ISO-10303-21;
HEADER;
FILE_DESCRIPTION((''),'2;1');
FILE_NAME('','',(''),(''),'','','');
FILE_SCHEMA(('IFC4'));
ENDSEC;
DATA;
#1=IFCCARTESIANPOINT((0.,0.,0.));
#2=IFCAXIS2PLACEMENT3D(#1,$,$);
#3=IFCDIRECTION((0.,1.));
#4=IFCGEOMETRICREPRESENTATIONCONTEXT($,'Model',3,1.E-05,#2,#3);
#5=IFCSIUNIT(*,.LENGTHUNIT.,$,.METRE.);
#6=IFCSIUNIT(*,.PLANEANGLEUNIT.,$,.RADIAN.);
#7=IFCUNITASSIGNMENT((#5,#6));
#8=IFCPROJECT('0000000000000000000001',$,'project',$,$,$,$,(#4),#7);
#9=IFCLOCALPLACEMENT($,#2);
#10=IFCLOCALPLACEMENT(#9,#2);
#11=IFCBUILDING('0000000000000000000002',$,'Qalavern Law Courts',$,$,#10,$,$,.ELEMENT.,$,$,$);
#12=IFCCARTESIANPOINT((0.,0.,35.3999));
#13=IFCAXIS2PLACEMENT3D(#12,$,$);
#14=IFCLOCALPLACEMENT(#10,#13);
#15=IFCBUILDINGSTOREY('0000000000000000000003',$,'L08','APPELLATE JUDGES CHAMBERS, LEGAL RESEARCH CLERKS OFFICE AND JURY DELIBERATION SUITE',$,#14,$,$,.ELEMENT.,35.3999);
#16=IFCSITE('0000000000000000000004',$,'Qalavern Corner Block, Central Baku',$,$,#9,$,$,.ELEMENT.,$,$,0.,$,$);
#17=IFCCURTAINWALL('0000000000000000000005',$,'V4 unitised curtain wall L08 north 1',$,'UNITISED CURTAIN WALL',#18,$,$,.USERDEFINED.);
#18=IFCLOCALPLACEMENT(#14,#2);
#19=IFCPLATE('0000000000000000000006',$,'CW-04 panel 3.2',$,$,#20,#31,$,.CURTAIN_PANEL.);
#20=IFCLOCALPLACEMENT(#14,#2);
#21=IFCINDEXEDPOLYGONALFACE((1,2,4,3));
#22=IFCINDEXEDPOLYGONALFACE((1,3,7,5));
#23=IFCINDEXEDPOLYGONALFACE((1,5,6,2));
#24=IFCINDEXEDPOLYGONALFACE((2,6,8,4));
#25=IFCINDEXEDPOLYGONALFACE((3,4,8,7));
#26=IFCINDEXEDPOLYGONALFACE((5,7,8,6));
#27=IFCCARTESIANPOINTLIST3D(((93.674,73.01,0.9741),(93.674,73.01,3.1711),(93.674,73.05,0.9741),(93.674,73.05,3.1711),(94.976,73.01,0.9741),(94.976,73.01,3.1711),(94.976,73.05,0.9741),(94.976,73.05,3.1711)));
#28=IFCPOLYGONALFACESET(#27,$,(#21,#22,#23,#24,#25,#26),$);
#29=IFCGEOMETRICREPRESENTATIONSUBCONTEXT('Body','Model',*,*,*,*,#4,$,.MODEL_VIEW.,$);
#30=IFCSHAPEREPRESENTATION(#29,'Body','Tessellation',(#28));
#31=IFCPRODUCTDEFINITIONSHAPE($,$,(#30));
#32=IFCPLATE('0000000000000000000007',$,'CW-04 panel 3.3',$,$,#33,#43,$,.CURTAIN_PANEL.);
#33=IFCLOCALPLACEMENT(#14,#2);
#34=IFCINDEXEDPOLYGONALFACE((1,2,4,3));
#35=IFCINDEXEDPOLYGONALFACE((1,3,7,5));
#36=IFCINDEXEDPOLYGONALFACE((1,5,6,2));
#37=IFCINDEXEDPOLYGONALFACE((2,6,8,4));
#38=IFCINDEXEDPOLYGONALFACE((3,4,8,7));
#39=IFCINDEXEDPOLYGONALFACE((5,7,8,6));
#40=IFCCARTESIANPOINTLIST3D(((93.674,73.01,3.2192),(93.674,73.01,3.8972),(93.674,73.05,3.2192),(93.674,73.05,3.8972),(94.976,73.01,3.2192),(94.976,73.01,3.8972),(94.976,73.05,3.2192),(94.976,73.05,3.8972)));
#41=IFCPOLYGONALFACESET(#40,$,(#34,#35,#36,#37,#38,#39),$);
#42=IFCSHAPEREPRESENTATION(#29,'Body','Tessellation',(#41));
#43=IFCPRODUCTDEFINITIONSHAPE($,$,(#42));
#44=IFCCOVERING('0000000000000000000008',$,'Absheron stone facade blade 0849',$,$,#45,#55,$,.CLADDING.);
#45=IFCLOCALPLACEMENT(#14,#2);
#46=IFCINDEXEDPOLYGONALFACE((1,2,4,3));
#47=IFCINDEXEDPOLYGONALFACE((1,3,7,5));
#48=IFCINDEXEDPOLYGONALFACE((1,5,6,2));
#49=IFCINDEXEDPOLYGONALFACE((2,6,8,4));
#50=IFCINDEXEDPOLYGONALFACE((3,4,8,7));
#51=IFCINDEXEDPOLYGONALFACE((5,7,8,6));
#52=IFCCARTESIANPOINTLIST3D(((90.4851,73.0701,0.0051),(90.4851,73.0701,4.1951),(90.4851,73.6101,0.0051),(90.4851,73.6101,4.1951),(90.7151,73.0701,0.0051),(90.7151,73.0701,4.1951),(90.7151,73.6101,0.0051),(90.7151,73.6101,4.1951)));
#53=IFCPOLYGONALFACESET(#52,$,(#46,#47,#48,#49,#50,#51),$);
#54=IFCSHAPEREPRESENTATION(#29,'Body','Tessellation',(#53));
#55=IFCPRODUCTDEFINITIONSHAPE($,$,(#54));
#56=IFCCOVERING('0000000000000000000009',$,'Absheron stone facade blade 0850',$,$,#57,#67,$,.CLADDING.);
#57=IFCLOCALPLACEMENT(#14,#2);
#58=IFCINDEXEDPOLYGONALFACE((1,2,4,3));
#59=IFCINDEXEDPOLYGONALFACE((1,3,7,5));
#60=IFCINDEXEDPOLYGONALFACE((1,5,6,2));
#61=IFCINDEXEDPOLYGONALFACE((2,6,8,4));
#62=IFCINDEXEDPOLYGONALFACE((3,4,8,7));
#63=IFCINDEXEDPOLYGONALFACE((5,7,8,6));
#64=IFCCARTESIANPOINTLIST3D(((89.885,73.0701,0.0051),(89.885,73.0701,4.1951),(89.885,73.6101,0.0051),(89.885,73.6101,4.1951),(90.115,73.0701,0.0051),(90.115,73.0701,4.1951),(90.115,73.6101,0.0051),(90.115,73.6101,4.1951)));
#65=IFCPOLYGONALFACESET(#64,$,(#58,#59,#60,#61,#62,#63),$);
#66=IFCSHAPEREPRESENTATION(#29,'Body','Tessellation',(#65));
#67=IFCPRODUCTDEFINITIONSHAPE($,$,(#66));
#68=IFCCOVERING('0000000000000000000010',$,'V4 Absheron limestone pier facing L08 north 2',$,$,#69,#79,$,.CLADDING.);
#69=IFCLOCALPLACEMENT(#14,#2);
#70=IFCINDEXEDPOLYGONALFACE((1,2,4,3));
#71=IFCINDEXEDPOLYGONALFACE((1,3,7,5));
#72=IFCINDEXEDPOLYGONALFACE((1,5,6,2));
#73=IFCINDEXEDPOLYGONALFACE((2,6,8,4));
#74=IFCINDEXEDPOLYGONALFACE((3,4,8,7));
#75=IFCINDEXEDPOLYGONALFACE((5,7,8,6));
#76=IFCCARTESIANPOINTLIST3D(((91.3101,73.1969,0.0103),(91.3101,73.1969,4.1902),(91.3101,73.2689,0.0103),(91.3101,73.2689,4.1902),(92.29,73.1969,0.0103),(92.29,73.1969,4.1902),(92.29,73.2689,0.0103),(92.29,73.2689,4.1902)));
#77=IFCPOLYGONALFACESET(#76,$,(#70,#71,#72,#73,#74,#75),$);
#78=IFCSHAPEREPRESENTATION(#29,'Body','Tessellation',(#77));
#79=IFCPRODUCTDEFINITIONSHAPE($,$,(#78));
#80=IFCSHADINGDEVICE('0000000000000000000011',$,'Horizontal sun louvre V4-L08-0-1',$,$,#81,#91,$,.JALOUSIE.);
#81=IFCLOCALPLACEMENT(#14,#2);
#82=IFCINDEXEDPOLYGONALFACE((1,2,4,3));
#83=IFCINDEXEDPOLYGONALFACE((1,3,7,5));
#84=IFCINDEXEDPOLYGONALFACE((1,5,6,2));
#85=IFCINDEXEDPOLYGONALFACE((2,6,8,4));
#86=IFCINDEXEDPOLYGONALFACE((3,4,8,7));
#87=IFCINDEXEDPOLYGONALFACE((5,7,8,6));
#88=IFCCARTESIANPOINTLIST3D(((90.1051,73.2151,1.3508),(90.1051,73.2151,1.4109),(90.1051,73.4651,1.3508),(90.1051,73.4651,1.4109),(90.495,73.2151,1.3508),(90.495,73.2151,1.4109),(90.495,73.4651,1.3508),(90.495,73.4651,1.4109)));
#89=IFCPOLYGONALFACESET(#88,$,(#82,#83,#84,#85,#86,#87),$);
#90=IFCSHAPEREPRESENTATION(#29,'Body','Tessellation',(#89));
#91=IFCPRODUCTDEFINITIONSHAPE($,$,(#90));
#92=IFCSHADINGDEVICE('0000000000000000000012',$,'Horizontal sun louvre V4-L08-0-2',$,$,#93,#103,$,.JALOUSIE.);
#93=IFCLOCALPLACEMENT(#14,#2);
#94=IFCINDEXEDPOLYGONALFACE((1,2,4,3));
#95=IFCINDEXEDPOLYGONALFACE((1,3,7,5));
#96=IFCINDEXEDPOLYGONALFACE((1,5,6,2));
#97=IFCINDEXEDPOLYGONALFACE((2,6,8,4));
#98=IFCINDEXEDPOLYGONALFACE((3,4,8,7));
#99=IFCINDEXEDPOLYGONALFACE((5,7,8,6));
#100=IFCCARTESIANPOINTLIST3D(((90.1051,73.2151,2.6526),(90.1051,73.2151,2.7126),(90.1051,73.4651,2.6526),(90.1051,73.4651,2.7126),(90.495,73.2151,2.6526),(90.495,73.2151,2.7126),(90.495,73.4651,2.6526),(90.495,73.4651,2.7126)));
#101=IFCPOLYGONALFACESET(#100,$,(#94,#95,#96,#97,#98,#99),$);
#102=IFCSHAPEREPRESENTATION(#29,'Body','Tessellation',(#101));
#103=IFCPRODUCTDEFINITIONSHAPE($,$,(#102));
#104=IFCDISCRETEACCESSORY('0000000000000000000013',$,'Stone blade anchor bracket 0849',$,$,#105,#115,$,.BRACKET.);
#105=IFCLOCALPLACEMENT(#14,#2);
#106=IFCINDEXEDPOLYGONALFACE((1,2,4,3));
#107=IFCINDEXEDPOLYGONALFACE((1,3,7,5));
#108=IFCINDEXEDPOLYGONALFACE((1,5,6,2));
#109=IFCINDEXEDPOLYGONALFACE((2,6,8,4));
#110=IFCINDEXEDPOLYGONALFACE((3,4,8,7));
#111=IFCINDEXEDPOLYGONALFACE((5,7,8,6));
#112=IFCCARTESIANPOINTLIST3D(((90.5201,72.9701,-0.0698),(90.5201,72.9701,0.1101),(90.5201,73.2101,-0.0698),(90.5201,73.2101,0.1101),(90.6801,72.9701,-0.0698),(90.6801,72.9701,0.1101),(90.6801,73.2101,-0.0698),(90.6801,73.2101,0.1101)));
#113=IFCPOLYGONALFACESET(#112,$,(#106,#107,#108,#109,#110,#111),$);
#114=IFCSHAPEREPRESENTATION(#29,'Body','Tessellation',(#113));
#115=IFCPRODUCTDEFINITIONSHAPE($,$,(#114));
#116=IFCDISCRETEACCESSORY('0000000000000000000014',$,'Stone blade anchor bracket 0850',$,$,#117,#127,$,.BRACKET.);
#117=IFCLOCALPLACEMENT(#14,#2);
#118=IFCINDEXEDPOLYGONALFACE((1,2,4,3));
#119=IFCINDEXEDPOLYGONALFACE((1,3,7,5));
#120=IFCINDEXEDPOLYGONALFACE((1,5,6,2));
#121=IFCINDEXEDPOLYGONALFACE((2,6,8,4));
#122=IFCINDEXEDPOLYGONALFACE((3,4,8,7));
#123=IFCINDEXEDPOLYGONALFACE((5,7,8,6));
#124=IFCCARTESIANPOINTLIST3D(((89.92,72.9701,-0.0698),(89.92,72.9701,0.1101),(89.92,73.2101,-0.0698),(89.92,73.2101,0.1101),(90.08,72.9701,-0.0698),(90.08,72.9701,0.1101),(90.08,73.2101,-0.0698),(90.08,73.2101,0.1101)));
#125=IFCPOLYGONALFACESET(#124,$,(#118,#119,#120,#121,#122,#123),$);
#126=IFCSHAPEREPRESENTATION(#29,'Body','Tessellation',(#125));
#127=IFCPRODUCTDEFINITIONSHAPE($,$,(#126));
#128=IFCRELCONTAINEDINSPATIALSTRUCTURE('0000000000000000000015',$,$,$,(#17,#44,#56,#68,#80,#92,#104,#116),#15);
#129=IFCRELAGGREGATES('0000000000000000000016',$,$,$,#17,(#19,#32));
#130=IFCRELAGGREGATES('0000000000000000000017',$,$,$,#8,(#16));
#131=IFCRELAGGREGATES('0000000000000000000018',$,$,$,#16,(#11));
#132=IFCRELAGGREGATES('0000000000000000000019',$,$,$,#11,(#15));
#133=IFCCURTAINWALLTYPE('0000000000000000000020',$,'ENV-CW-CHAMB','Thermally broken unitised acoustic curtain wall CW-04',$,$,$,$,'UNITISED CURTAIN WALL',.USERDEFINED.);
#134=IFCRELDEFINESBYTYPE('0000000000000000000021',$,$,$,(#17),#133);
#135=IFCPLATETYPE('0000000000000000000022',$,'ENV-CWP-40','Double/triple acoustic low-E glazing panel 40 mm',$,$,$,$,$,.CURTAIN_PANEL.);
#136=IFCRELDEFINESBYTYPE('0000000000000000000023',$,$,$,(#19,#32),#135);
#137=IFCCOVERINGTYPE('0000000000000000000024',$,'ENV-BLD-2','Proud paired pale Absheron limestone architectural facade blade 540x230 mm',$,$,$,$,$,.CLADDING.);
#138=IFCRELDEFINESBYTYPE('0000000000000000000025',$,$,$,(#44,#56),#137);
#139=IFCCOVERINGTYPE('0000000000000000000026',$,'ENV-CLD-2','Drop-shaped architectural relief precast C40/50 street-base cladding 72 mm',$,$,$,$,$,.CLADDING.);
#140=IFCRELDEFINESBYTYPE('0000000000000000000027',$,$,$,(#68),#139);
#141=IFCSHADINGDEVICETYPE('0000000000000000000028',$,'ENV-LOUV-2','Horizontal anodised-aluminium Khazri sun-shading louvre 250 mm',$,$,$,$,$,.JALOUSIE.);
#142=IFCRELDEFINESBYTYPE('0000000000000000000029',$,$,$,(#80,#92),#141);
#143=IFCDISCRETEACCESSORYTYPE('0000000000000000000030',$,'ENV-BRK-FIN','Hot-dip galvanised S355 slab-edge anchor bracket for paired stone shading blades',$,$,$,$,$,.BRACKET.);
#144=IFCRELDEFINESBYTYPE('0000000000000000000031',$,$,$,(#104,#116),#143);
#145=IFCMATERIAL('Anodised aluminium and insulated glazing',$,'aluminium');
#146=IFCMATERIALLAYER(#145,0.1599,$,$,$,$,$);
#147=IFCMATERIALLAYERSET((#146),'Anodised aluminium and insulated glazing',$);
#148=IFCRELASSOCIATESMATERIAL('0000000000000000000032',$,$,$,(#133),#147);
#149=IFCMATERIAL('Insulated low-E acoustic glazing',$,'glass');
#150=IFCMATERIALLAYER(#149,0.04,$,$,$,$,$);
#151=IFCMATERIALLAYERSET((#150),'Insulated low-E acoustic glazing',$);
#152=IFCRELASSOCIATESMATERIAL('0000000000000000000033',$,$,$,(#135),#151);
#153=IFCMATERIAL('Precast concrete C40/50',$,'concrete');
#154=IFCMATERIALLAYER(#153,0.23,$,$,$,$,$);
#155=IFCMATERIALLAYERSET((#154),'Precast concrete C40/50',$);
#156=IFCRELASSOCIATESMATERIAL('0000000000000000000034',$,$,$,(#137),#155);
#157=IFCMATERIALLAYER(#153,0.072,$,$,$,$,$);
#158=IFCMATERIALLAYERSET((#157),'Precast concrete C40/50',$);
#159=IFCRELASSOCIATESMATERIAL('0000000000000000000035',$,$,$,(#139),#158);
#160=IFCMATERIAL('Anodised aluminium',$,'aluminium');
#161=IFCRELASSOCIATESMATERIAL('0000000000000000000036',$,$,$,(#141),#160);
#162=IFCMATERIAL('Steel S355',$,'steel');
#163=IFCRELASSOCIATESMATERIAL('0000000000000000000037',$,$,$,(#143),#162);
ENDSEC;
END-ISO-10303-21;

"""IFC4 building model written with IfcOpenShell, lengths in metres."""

from ifc_helpers import new_model, si_unit, direction, frame, origin, origin_2d, place, context, subcontext, project, spatial, rectangle, extrude, material, layer, layer_set, type_object, element, aggregate, save


model = new_model("IFC4")

# Units and contexts
model_context = context("Model", 3, precision=1e-05, world=origin(), true_north=direction((0.0, 1.0)))
body_context = subcontext(model_context, "Body", "Model", "MODEL_VIEW")
ifc_project = project(units=[si_unit("LENGTHUNIT", "METRE"), si_unit("PLANEANGLEUNIT", "RADIAN")], contexts=[model_context])

# Site, building, storey
site_placement = place(None, origin())
site = spatial("IfcSite", under=ifc_project, at=site_placement, Name="Qalavern Corner Block, Central Baku", CompositionType="ELEMENT", RefElevation=0.0)
building_placement = place(site_placement, origin())
building = spatial("IfcBuilding", under=site, at=building_placement, Name="Qalavern Law Courts", CompositionType="ELEMENT")
storey_placement = place(building_placement, frame((0.0, 0.0, 35.3999)))
storey = spatial("IfcBuildingStorey", under=building, at=storey_placement, Name="L08", Description="APPELLATE JUDGES CHAMBERS, LEGAL RESEARCH CLERKS OFFICE AND JURY DELIBERATION SUITE", CompositionType="ELEMENT", Elevation=35.3999)

# Curtain wall, plates
ifc_material_1 = material(Name="Anodised aluminium and insulated glazing", Category="aluminium")
ifc_layer_1 = layer(ifc_material_1, 0.1599)
ifc_layer_set_1 = layer_set([ifc_layer_1], Name="Anodised aluminium and insulated glazing")
curtain_wall_type = type_object("IfcCurtainWallType", Name="ENV-CW-CHAMB", Description="Thermally broken unitised acoustic curtain wall CW-04", ElementType="UNITISED CURTAIN WALL", PredefinedType="USERDEFINED", material=ifc_layer_set_1)
curtain_wall_placement = place(storey_placement, origin())
curtain_wall = element("IfcCurtainWall", 1, at=curtain_wall_placement, inside=storey, type_object=curtain_wall_type, Name="V4 unitised curtain wall L08 north 1", ObjectType="UNITISED CURTAIN WALL", PredefinedType="USERDEFINED")
ifc_material_2 = material(Name="Anodised aluminium", Category="aluminium")
ifc_material_3 = material(Name="Insulated low-E acoustic glazing", Category="glass")
ifc_layer_2 = layer(ifc_material_3, 0.04)
ifc_layer_set_2 = layer_set([ifc_layer_2], Name="Insulated low-E acoustic glazing")
plate_type = type_object("IfcPlateType", Name="ENV-CWP-40", Description="Double/triple acoustic low-E glazing panel 40 mm", PredefinedType="CURTAIN_PANEL", material=ifc_layer_set_2)
plate_1_placement = place(storey_placement, frame((94.325, 73.03, 0.9741), z_axis=(0.0, 0.0, 1.0), x_axis=(-1.0, 0.0, 0.0)))
plate_1 = element("IfcPlate", 2, at=plate_1_placement, type_object=plate_type, Name="CW-04 panel 3.2", PredefinedType="CURTAIN_PANEL", context=body_context, shape_type="SweptSolid", body=[
    extrude(rectangle(XDim=1.302, YDim=0.04, at=origin_2d()), origin(), (0.0, 0.0, 1.0), 2.197),
])
plate_2_placement = place(storey_placement, frame((94.325, 73.03, 3.2192), z_axis=(0.0, 0.0, 1.0), x_axis=(-1.0, 0.0, 0.0)))
plate_2 = element("IfcPlate", 3, at=plate_2_placement, type_object=plate_type, Name="CW-04 panel 3.3", PredefinedType="CURTAIN_PANEL", context=body_context, shape_type="SweptSolid", body=[
    extrude(rectangle(XDim=1.302, YDim=0.04, at=origin_2d()), origin(), (0.0, 0.0, 1.0), 0.678),
])
aggregate(curtain_wall, [plate_1, plate_2])

# Coverings
ifc_material_4 = material(Name="Precast concrete C40/50", Category="concrete")
ifc_layer_3 = layer(ifc_material_4, 0.23)
ifc_layer_set_3 = layer_set([ifc_layer_3], Name="Precast concrete C40/50")
covering_type_1 = type_object("IfcCoveringType", Name="ENV-BLD-2", Description="Proud paired pale Absheron limestone architectural facade blade 540x230 mm", PredefinedType="CLADDING", material=ifc_layer_set_3)
for number, where, z_axis, x_axis, name in (
    (4, (90.6001, 73.3401, 0.0051), (0.0, 0.0, 1.0), (0.0, 1.0, 0.0), "Absheron stone facade blade 0849"),
    (5, (90.0, 73.3401, 0.0051), (0.0, 0.0, 1.0), (0.0, 1.0, 0.0), "Absheron stone facade blade 0850"),
):
    element("IfcCovering", number, at=place(storey_placement, frame(where, z_axis=z_axis, x_axis=x_axis)), inside=storey, type_object=covering_type_1, Name=name, PredefinedType="CLADDING", context=body_context, shape_type="SweptSolid", body=[
        extrude(rectangle(XDim=0.54, YDim=0.23, at=origin_2d()), origin(), (0.0, 0.0, 1.0), 4.1899),
    ])
ifc_layer_4 = layer(ifc_material_4, 0.072)
ifc_layer_set_4 = layer_set([ifc_layer_4], Name="Precast concrete C40/50")
covering_type_2 = type_object("IfcCoveringType", Name="ENV-CLD-2", Description="Drop-shaped architectural relief precast C40/50 street-base cladding 72 mm", PredefinedType="CLADDING", material=ifc_layer_set_4)
covering_placement = place(storey_placement, frame((91.8, 73.2329, 0.0103), z_axis=(0.0, 0.0, 1.0), x_axis=(-1.0, 0.0, 0.0)))
element("IfcCovering", 6, at=covering_placement, inside=storey, type_object=covering_type_2, Name="V4 Absheron limestone pier facing L08 north 2", PredefinedType="CLADDING", context=body_context, shape_type="SweptSolid", body=[
    extrude(rectangle(XDim=0.98, YDim=0.072, at=origin_2d()), origin(), (0.0, 0.0, 1.0), 4.1799),
])

# Shading devices
shading_device_type = type_object("IfcShadingDeviceType", Name="ENV-LOUV-2", Description="Horizontal anodised-aluminium Khazri sun-shading louvre 250 mm", PredefinedType="JALOUSIE", material=ifc_material_2)
for number, where, z_axis, x_axis, name in (
    (7, (90.3, 73.3401, 1.3508), (0.0, 0.0, 1.0), (-1.0, 0.0, 0.0), "Horizontal sun louvre V4-L08-0-1"),
    (8, (90.3, 73.3401, 2.6526), (0.0, 0.0, 1.0), (-1.0, 0.0, 0.0), "Horizontal sun louvre V4-L08-0-2"),
):
    element("IfcShadingDevice", number, at=place(storey_placement, frame(where, z_axis=z_axis, x_axis=x_axis)), inside=storey, type_object=shading_device_type, Name=name, PredefinedType="JALOUSIE", context=body_context, shape_type="SweptSolid", body=[
        extrude(rectangle(XDim=0.3899, YDim=0.25, at=origin_2d()), origin(), (0.0, 0.0, 1.0), 0.0601),
    ])

# Discrete accessories
ifc_material_5 = material(Name="Steel S355", Category="steel")
discrete_accessory_type = type_object("IfcDiscreteAccessoryType", Name="ENV-BRK-FIN", Description="Hot-dip galvanised S355 slab-edge anchor bracket for paired stone shading blades", PredefinedType="BRACKET", material=ifc_material_5)
for number, where, z_axis, x_axis, name in (
    (9, (90.6001, 73.0901, -0.0698), (0.0, 0.0, 1.0), (0.0, 1.0, 0.0), "Stone blade anchor bracket 0849"),
    (10, (90.0, 73.0901, -0.0698), (0.0, 0.0, 1.0), (0.0, 1.0, 0.0), "Stone blade anchor bracket 0850"),
):
    element("IfcDiscreteAccessory", number, at=place(storey_placement, frame(where, z_axis=z_axis, x_axis=x_axis)), inside=storey, type_object=discrete_accessory_type, Name=name, PredefinedType="BRACKET", context=body_context, shape_type="SweptSolid", body=[
        extrude(rectangle(XDim=0.24, YDim=0.1599, at=origin_2d()), origin(), (0.0, 0.0, 1.0), 0.1799),
    ])

save(model, "model.ifc")
